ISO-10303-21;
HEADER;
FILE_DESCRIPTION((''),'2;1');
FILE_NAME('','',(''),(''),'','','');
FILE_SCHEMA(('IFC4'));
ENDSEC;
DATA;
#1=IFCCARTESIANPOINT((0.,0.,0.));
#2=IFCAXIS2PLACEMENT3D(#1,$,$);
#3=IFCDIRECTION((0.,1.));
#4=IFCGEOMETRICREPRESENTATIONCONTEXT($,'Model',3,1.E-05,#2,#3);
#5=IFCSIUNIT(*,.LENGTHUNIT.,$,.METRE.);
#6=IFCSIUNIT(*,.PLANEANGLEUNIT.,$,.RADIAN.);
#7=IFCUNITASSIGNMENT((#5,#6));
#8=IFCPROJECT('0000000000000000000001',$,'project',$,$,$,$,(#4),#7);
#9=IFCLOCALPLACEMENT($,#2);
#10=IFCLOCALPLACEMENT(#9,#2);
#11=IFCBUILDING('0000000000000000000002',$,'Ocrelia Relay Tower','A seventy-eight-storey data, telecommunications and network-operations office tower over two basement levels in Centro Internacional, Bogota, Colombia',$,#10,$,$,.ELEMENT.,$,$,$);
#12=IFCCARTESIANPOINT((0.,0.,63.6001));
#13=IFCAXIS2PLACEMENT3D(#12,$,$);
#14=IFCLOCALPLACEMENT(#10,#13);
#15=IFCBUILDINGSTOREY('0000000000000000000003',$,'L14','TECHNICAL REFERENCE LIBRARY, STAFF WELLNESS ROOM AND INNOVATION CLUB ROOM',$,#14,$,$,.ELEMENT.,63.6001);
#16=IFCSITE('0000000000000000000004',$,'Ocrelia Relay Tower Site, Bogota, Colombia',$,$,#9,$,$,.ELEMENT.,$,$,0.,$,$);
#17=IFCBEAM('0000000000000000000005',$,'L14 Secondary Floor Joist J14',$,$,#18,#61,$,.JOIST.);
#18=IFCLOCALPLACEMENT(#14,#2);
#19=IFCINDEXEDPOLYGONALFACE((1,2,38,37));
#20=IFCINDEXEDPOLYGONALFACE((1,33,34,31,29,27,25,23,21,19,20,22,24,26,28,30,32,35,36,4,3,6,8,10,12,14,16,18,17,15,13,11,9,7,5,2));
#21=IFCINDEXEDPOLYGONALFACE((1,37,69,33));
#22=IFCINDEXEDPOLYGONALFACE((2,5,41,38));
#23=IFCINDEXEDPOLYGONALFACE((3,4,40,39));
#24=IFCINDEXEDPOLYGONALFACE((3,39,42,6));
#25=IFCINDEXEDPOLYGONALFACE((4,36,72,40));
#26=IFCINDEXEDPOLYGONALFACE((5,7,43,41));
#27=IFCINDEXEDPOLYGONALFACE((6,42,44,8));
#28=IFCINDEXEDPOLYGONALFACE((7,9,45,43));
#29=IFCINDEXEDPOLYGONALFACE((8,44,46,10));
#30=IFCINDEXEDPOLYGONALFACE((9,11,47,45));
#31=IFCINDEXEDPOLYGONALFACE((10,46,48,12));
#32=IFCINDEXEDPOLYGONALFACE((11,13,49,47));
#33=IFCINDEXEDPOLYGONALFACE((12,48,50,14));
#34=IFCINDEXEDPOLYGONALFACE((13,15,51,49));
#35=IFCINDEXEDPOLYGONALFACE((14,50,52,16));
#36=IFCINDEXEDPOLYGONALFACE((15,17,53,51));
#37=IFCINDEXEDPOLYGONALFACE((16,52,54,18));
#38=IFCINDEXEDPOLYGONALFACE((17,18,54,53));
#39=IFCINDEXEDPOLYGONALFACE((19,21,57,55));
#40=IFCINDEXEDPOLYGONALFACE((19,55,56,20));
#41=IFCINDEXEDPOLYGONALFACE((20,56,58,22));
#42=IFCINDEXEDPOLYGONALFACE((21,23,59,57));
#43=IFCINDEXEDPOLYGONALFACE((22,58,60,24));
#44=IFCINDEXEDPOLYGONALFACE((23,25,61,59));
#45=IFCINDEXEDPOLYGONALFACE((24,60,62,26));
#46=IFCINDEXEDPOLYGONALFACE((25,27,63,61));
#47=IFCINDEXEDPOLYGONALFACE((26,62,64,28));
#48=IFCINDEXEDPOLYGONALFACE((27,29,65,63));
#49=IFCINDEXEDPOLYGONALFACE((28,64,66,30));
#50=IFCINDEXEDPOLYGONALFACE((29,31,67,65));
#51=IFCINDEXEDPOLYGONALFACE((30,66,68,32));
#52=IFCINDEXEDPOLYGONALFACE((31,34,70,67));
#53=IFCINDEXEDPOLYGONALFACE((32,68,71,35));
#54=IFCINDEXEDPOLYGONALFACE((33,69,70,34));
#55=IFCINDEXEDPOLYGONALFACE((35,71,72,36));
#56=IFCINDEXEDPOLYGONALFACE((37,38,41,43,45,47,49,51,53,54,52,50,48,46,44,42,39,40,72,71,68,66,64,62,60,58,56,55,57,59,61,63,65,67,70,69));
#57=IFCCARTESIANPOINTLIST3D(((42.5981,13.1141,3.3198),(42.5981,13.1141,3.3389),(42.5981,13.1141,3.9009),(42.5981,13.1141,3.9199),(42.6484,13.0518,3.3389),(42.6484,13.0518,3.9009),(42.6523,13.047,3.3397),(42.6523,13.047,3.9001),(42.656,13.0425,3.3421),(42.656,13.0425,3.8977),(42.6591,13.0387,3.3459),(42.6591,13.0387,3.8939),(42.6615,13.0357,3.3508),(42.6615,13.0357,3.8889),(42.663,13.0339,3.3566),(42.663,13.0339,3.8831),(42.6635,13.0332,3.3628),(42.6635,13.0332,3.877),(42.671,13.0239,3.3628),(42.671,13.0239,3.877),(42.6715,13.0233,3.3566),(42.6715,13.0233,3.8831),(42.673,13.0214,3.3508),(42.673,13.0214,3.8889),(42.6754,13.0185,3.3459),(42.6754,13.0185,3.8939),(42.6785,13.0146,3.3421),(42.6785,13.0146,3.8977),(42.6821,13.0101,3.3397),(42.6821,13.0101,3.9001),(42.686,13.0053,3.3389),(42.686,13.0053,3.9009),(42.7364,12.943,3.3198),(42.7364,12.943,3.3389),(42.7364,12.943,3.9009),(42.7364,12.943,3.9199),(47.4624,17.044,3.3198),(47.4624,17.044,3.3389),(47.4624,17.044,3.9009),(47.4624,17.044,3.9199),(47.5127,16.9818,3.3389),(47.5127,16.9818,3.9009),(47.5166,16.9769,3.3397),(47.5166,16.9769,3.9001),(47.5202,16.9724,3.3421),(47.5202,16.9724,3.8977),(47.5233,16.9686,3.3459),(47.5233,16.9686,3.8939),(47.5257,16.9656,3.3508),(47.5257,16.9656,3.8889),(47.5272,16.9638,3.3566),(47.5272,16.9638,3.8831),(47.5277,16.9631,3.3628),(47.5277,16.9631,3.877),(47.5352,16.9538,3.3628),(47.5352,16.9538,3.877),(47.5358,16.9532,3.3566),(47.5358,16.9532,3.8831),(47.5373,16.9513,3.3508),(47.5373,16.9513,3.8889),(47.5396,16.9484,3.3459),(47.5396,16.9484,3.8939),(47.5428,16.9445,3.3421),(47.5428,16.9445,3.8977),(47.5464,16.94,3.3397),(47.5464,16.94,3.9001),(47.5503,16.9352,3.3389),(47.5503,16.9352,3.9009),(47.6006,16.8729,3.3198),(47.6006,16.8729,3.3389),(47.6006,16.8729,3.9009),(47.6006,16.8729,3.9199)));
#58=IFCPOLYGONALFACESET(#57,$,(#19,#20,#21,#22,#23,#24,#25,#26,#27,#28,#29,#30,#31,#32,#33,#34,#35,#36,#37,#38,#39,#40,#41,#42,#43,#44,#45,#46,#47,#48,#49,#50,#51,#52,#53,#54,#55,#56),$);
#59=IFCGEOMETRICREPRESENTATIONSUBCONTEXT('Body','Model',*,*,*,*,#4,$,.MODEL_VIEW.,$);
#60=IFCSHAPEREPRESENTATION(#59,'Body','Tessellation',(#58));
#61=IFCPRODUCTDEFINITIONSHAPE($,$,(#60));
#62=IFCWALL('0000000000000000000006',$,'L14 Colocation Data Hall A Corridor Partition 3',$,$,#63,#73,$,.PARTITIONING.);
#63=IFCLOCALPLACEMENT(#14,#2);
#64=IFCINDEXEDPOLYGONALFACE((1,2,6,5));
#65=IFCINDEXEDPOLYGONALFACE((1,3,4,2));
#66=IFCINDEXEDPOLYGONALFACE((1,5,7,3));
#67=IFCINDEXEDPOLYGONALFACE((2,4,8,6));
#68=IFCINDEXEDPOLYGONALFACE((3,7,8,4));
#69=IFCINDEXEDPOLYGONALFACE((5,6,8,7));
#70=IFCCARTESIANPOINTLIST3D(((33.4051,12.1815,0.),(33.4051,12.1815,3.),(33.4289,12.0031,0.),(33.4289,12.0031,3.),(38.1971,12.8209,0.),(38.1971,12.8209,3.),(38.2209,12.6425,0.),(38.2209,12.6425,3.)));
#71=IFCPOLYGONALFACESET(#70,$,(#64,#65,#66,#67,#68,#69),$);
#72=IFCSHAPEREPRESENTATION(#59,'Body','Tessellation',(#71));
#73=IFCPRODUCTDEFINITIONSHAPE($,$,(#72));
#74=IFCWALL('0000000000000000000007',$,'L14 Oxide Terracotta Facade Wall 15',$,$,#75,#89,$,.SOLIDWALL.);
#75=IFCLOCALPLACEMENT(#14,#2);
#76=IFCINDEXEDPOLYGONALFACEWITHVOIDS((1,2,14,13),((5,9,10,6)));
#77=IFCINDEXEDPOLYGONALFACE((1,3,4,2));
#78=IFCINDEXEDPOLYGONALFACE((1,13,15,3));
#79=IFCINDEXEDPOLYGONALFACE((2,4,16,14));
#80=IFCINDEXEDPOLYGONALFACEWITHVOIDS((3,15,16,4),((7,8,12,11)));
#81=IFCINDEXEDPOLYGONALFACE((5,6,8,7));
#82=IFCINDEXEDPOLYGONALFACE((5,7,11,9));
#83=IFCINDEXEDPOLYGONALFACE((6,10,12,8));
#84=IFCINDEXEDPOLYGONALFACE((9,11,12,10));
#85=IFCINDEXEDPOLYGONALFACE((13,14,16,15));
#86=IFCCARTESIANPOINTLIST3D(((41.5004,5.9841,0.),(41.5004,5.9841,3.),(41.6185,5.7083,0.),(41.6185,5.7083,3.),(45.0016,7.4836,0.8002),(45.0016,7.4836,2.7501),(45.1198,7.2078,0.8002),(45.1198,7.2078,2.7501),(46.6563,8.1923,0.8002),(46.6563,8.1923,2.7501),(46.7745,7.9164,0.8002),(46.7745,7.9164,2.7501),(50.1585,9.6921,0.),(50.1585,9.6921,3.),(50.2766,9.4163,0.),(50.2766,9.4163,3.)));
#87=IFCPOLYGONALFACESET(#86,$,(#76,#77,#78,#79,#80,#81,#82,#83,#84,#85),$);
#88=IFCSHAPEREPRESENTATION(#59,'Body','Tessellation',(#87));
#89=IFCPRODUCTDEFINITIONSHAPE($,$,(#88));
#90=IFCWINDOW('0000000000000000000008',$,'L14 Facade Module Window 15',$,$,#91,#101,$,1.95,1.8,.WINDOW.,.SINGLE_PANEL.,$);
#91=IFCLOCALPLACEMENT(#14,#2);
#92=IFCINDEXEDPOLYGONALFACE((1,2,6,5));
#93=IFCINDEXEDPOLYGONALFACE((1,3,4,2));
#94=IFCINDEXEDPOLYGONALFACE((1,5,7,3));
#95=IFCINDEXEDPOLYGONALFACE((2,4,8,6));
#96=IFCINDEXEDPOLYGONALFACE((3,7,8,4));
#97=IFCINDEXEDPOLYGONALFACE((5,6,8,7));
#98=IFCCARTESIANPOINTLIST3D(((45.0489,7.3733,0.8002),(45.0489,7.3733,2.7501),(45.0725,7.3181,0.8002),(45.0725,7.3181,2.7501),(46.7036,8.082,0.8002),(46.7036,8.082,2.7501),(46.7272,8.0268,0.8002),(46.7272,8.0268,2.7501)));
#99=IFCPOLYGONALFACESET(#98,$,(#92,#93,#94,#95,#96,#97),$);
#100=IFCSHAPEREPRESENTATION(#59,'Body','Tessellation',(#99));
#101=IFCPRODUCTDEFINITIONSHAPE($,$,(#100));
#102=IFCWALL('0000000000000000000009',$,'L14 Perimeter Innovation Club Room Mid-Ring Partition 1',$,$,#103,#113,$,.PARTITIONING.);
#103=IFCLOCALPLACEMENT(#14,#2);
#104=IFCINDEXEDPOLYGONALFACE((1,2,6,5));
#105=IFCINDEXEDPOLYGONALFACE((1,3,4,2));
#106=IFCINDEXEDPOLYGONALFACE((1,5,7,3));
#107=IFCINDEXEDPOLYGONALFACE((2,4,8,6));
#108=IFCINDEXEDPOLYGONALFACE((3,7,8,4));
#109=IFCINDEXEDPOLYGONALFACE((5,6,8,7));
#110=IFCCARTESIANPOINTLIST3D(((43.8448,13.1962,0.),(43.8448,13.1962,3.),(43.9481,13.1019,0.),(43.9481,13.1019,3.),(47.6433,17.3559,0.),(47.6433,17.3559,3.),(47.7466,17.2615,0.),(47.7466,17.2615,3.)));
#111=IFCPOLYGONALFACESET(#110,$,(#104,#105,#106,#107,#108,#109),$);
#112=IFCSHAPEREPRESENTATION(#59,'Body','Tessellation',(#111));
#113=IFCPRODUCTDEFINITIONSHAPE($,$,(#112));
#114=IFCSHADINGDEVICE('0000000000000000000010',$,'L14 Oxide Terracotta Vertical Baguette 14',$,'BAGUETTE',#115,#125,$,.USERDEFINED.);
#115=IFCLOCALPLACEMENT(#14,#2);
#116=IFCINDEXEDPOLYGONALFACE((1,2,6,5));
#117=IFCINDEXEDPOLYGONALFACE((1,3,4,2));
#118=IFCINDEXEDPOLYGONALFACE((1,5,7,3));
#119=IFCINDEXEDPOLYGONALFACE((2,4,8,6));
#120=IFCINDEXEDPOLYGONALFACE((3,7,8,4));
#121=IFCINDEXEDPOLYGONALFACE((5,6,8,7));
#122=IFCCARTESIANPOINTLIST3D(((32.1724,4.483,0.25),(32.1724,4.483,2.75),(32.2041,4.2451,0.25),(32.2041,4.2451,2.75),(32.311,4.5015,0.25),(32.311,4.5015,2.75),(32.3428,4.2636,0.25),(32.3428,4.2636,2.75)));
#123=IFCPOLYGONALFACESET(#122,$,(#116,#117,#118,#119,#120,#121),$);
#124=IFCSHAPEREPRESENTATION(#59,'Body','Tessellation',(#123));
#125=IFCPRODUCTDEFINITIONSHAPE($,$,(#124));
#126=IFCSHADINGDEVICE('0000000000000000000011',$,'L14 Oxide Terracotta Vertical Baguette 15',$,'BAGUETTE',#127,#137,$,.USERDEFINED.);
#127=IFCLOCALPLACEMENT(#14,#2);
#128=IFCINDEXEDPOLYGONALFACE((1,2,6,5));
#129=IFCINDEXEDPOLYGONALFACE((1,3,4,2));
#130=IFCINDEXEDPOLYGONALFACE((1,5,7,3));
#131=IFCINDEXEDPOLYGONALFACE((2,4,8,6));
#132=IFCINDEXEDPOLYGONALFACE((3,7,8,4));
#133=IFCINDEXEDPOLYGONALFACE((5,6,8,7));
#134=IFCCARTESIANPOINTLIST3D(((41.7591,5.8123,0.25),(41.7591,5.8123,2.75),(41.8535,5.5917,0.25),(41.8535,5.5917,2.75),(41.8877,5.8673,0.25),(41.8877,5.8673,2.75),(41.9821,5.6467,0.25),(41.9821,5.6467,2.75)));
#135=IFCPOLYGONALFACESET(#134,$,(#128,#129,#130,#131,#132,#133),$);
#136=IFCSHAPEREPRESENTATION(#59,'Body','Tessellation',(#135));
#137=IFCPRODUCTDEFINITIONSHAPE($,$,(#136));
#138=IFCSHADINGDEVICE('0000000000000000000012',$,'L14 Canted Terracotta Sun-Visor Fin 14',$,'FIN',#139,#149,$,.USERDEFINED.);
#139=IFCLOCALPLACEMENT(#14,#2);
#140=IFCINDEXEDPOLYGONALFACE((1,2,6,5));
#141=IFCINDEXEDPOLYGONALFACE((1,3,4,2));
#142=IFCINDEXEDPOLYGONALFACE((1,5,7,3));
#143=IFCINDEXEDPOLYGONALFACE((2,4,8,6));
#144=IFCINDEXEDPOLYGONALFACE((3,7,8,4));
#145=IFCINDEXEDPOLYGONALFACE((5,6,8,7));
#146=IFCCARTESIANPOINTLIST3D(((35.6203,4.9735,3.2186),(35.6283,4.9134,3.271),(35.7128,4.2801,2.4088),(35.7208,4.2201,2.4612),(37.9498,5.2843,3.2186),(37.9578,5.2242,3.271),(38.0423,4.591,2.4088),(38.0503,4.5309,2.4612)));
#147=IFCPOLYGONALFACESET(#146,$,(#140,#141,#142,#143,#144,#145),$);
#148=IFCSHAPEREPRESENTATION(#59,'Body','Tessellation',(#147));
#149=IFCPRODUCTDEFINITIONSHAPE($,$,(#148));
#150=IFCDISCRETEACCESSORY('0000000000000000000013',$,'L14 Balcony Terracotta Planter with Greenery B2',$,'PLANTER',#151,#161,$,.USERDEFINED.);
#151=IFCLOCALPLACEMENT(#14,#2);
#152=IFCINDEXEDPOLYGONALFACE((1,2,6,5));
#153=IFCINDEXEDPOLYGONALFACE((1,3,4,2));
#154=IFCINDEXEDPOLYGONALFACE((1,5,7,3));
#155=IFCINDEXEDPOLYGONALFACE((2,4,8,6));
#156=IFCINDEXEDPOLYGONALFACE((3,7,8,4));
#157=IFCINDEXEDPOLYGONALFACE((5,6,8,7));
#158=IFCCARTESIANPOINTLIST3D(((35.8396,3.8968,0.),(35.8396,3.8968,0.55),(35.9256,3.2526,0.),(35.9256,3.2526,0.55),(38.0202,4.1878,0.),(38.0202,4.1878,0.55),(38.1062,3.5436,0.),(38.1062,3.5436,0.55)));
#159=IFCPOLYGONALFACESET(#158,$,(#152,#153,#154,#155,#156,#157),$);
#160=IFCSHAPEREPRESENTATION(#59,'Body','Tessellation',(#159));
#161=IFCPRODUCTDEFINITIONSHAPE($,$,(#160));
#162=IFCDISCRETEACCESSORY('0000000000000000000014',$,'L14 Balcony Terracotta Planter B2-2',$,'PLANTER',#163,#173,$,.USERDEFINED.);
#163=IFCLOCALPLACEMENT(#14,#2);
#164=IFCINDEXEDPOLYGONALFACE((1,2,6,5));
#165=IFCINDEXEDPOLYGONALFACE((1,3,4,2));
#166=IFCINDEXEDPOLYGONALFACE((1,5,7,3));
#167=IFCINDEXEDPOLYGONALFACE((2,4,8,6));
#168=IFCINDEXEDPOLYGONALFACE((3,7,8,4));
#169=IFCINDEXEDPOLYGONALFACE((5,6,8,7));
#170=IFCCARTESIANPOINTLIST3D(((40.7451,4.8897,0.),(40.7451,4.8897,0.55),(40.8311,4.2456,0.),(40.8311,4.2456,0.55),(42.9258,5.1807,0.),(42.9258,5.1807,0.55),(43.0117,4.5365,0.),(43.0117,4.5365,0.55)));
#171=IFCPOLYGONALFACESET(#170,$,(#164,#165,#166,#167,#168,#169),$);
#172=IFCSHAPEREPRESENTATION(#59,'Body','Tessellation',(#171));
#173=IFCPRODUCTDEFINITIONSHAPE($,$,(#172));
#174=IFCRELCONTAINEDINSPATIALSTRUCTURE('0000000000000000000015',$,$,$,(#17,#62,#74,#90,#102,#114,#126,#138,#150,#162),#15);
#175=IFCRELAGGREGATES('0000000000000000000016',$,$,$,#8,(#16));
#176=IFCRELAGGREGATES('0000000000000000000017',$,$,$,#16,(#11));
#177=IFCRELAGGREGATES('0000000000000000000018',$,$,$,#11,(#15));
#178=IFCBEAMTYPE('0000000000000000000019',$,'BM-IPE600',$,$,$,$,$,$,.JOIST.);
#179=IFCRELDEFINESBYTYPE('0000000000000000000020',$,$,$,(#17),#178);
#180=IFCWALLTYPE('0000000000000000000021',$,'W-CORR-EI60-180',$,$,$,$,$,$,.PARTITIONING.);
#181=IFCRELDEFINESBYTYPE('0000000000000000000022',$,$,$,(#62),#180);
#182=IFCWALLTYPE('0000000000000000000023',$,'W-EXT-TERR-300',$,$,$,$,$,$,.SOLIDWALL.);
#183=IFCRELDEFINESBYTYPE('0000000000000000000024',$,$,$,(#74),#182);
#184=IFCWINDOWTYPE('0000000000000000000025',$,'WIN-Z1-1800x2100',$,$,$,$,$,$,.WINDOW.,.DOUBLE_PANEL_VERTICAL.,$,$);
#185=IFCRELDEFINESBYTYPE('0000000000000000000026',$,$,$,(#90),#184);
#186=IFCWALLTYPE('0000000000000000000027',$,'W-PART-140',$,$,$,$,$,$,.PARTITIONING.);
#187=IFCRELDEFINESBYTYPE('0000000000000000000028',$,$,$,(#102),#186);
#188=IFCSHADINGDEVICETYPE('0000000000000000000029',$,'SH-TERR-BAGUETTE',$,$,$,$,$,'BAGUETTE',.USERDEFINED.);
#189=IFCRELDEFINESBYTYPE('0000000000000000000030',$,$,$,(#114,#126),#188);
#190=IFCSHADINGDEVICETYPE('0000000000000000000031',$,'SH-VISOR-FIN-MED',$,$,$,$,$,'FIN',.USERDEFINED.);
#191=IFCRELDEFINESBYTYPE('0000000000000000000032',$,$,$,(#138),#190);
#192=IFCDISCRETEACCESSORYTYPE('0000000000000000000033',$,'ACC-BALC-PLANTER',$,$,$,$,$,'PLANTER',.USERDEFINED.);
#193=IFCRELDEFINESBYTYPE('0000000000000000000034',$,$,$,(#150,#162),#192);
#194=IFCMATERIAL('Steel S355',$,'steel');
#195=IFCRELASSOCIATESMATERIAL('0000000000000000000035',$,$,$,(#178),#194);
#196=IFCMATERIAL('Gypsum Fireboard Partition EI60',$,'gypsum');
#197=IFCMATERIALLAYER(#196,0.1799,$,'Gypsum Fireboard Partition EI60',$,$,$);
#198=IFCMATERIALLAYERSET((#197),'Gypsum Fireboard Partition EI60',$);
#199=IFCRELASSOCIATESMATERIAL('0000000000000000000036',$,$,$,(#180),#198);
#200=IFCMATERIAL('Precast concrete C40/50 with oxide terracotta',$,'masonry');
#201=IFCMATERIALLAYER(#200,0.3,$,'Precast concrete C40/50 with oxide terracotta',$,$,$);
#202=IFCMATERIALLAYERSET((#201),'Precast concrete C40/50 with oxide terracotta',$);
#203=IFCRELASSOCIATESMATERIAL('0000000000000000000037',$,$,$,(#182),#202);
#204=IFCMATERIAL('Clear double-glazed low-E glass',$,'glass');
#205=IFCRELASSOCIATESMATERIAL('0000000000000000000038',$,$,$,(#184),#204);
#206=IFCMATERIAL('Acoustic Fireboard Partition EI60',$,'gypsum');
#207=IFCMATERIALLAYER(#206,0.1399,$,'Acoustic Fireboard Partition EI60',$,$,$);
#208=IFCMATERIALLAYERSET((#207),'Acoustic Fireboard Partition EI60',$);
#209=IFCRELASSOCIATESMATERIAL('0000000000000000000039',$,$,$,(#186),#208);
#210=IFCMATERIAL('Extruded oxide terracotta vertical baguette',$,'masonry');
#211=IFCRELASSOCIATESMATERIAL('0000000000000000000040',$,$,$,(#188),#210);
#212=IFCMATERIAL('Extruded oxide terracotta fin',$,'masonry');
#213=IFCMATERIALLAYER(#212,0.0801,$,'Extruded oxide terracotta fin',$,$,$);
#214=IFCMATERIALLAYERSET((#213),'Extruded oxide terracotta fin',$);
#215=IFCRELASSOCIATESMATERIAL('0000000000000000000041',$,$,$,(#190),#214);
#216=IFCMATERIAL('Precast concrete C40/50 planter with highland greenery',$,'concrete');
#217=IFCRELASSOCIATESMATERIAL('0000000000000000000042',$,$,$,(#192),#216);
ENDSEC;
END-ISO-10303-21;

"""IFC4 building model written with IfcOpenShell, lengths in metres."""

from ifc_helpers import new_model, si_unit, direction, frame, frame_2d, origin, origin_2d, place, context, subcontext, project, spatial, rectangle, i_section, extrude, material, layer, layer_set, material_profile, profile_set, type_object, element, fill, save


model = new_model("IFC4")

# Units and contexts
model_context = context("Model", 3, precision=1e-05, world=origin(), true_north=direction((0.0, 1.0)))
body_context = subcontext(model_context, "Body", "Model", "MODEL_VIEW")
ifc_project = project(units=[si_unit("LENGTHUNIT", "METRE"), si_unit("PLANEANGLEUNIT", "RADIAN")], contexts=[model_context])

# Site, building, storey
site_placement = place(None, origin())
site = spatial("IfcSite", under=ifc_project, at=site_placement, Name="Ocrelia Relay Tower Site, Bogota, Colombia", CompositionType="ELEMENT", RefElevation=0.0)
building_placement = place(site_placement, origin())
building = spatial("IfcBuilding", under=site, at=building_placement, Name="Ocrelia Relay Tower", Description="A seventy-eight-storey data, telecommunications and network-operations office tower over two basement levels in Centro Internacional, Bogota, Colombia", CompositionType="ELEMENT")
storey_placement = place(building_placement, frame((0.0, 0.0, 63.6001)))
storey = spatial("IfcBuildingStorey", under=building, at=storey_placement, Name="L14", Description="TECHNICAL REFERENCE LIBRARY, STAFF WELLNESS ROOM AND INNOVATION CLUB ROOM", CompositionType="ELEMENT", Elevation=63.6001)

# Beam
ifc_material_1 = material(Name="Steel S355", Category="steel")
ifc_material_profile_1 = material_profile(ifc_material_1, i_section(OverallWidth=0.22, OverallDepth=0.6001, WebThickness=0.012, FlangeThickness=0.019, FilletRadius=0.0239, at=origin_2d()), Name="IPE 600")
ifc_profile_set_1 = profile_set([ifc_material_profile_1], Name="Steel S355")
beam_type_1 = type_object("IfcBeamType", Name="BM-IPE600", PredefinedType="JOIST", material=ifc_profile_set_1)
beam_1_placement = place(storey_placement, frame((42.6672, 13.0286, 3.6199), z_axis=(0.777855, 0.628444, 0.0), x_axis=(-0.628444, 0.777855, 0.0)))
element("IfcBeam", 1, at=beam_1_placement, inside=storey, type_object=beam_type_1, Name="L14 Secondary Floor Joist J14", PredefinedType="JOIST", context=body_context, shape_type="SweptSolid", body=[
    extrude(i_section(OverallWidth=0.22, OverallDepth=0.6001, WebThickness=0.012, FlangeThickness=0.019, FilletRadius=0.0239, at=origin_2d()), origin(), (0.0, 0.0, 1.0), 6.2534),
])

# Wall
ifc_material_2 = material(Name="Gypsum Fireboard Partition EI60", Category="gypsum")
ifc_layer_1 = layer(ifc_material_2, 0.1799, Name="Gypsum Fireboard Partition EI60")
ifc_layer_set_1 = layer_set([ifc_layer_1], Name="Gypsum Fireboard Partition EI60")
wall_type_1 = type_object("IfcWallType", Name="W-CORR-EI60-180", PredefinedType="PARTITIONING", material=ifc_layer_set_1)
wall_1_placement = place(storey_placement, frame((33.417, 12.0923, 0.0), z_axis=(0.0, 0.0, 1.0), x_axis=(0.991215, 0.13226, 0.0)))
element("IfcWall", 2, at=wall_1_placement, inside=storey, type_object=wall_type_1, Name="L14 Colocation Data Hall A Corridor Partition 3", PredefinedType="PARTITIONING", context=body_context, shape_type="SweptSolid", body=[
    extrude(rectangle(XDim=4.8345, YDim=0.1799, at=frame_2d((2.4172, 0.0))), origin(), (0.0, 0.0, 1.0), 3.0),
])

# Shared definitions
ifc_material_3 = material(Name="Precast concrete C40/50 with oxide terracotta", Category="masonry")
ifc_layer_2 = layer(ifc_material_3, 0.3, Name="Precast concrete C40/50 with oxide terracotta")
ifc_layer_set_2 = layer_set([ifc_layer_2], Name="Precast concrete C40/50 with oxide terracotta")
wall_type_2 = type_object("IfcWallType", Name="W-EXT-TERR-300", PredefinedType="SOLIDWALL", material=ifc_layer_set_2)

# Wall, opening, window
wall_2_placement = place(storey_placement, frame((41.5593, 5.8462, 0.0), z_axis=(0.0, 0.0, 1.0), x_axis=(0.919247, 0.393682, 0.0)))
wall_2 = element("IfcWall", 3, at=wall_2_placement, inside=storey, type_object=wall_type_2, Name="L14 Oxide Terracotta Facade Wall 15", PredefinedType="SOLIDWALL", context=body_context, shape_type="SweptSolid", body=[
    extrude(rectangle(XDim=9.4187, YDim=0.3, at=frame_2d((4.7095, 0.0))), origin(), (0.0, 0.0, 1.0), 3.0),
])
opening_1_placement = place(wall_2_placement, frame((3.8091, 0.0, 0.8)))
opening_1 = element("IfcOpeningElement", 4, at=opening_1_placement, cuts=wall_2, PredefinedType="OPENING", context=body_context, shape_type="SweptSolid", body=[
    extrude(rectangle(XDim=1.8, YDim=1.95, at=frame_2d((0.8999, 0.9751))), frame((0.0, 0.1602, 0.0), z_axis=(0.0, -1.0, 0.0), x_axis=(1.0, 0.0, 0.0)), (0.0, 0.0, 1.0), 0.3201),
])
ifc_material_4 = material(Name="Clear double-glazed low-E glass", Category="glass")
window_type = type_object("IfcWindowType", Name="WIN-Z1-1800x2100", PartitioningType="DOUBLE_PANEL_VERTICAL", PredefinedType="WINDOW", material=ifc_material_4)
window_placement = place(opening_1_placement, origin())
window = element("IfcWindow", 5, at=window_placement, inside=storey, type_object=window_type, Name="L14 Facade Module Window 15", OverallHeight=1.95, OverallWidth=1.8, PartitioningType="SINGLE_PANEL", PredefinedType="WINDOW", context=body_context, shape_type="SweptSolid", body=[
    extrude(rectangle(XDim=1.8, YDim=1.95, at=frame_2d((0.8999, 0.9751))), frame((0.0, 0.03, 0.0), z_axis=(0.0, -1.0, 0.0), x_axis=(1.0, 0.0, 0.0)), (0.0, 0.0, 1.0), 0.0601),
])
fill(opening_1, window)

# Wall
ifc_material_5 = material(Name="Acoustic Fireboard Partition EI60", Category="gypsum")
ifc_layer_3 = layer(ifc_material_5, 0.1399, Name="Acoustic Fireboard Partition EI60")
ifc_layer_set_3 = layer_set([ifc_layer_3], Name="Acoustic Fireboard Partition EI60")
wall_type_3 = type_object("IfcWallType", Name="W-PART-140", PredefinedType="PARTITIONING", material=ifc_layer_set_3)
wall_3_placement = place(storey_placement, frame((43.8965, 13.1492, 0.0), z_axis=(0.0, 0.0, 1.0), x_axis=(0.67433, 0.73843, 0.0)))
element("IfcWall", 6, at=wall_3_placement, inside=storey, type_object=wall_type_3, Name="L14 Perimeter Innovation Club Room Mid-Ring Partition 1", PredefinedType="PARTITIONING", context=body_context, shape_type="SweptSolid", body=[
    extrude(rectangle(XDim=5.6331, YDim=0.1399, at=frame_2d((2.8164, 0.0))), origin(), (0.0, 0.0, 1.0), 3.0),
])

# Shading devices
ifc_material_6 = material(Name="Extruded oxide terracotta vertical baguette", Category="masonry")
shading_device_type_1 = type_object("IfcShadingDeviceType", Name="SH-TERR-BAGUETTE", ElementType="BAGUETTE", PredefinedType="USERDEFINED", material=ifc_material_6)
for number, where, z_axis, x_axis, name in (
    (7, (32.2576, 4.3733, 0.25), (0.0, 0.0, 1.0), (0.991216, 0.132255, 0.0), "L14 Oxide Terracotta Vertical Baguette 14"),
    (8, (41.8706, 5.7295, 0.25), (0.0, 0.0, 1.0), (0.919255, 0.393663, 0.0), "L14 Oxide Terracotta Vertical Baguette 15"),
):
    element("IfcShadingDevice", number, at=place(storey_placement, frame(where, z_axis=z_axis, x_axis=x_axis)), inside=storey, type_object=shading_device_type_1, Name=name, ObjectType="BAGUETTE", PredefinedType="USERDEFINED", context=body_context, shape_type="SweptSolid", body=[
        extrude(rectangle(XDim=0.1399, YDim=0.24, at=origin_2d()), origin(), (0.0, 0.0, 1.0), 2.5),
    ])
ifc_material_7 = material(Name="Extruded oxide terracotta fin", Category="masonry")
ifc_layer_4 = layer(ifc_material_7, 0.0801, Name="Extruded oxide terracotta fin")
ifc_layer_set_4 = layer_set([ifc_layer_4], Name="Extruded oxide terracotta fin")
shading_device_type_2 = type_object("IfcShadingDeviceType", Name="SH-VISOR-FIN-MED", ElementType="FIN", PredefinedType="USERDEFINED", material=ifc_layer_set_4)
shading_device_placement = place(storey_placement, frame((36.8313, 4.7822, 2.8137), z_axis=(0.100086, -0.750119, 0.653685), x_axis=(0.991216, 0.132255, 0.0)))
element("IfcShadingDevice", 9, at=shading_device_placement, inside=storey, type_object=shading_device_type_2, Name="L14 Canted Terracotta Sun-Visor Fin 14", ObjectType="FIN", PredefinedType="USERDEFINED", context=body_context, shape_type="SweptSolid", body=[
    extrude(rectangle(XDim=2.3501, YDim=1.0701, at=origin_2d()), origin(), (0.0, 0.0, 1.0), 0.0801),
])

# Discrete accessories
ifc_material_8 = material(Name="Precast concrete C40/50 planter with highland greenery", Category="concrete")
discrete_accessory_type_1 = type_object("IfcDiscreteAccessoryType", Name="ACC-BALC-PLANTER", ElementType="PLANTER", PredefinedType="USERDEFINED", material=ifc_material_8)
for number, where, z_axis, x_axis, name in (
    (10, (36.9729, 3.7202, 0.0), (0.0, 0.0, 1.0), (-0.991215, -0.13226, 0.0), "L14 Balcony Terracotta Planter with Greenery B2"),
    (11, (41.8784, 4.7131, 0.0), (0.0, 0.0, 1.0), (-0.991215, -0.13226, 0.0), "L14 Balcony Terracotta Planter B2-2"),
):
    element("IfcDiscreteAccessory", number, at=place(storey_placement, frame(where, z_axis=z_axis, x_axis=x_axis)), inside=storey, type_object=discrete_accessory_type_1, Name=name, ObjectType="PLANTER", PredefinedType="USERDEFINED", context=body_context, shape_type="SweptSolid", body=[
        extrude(rectangle(XDim=2.2, YDim=0.6499, at=origin_2d()), origin(), (0.0, 0.0, 1.0), 0.55),
    ])

save(model, "model.ifc")
